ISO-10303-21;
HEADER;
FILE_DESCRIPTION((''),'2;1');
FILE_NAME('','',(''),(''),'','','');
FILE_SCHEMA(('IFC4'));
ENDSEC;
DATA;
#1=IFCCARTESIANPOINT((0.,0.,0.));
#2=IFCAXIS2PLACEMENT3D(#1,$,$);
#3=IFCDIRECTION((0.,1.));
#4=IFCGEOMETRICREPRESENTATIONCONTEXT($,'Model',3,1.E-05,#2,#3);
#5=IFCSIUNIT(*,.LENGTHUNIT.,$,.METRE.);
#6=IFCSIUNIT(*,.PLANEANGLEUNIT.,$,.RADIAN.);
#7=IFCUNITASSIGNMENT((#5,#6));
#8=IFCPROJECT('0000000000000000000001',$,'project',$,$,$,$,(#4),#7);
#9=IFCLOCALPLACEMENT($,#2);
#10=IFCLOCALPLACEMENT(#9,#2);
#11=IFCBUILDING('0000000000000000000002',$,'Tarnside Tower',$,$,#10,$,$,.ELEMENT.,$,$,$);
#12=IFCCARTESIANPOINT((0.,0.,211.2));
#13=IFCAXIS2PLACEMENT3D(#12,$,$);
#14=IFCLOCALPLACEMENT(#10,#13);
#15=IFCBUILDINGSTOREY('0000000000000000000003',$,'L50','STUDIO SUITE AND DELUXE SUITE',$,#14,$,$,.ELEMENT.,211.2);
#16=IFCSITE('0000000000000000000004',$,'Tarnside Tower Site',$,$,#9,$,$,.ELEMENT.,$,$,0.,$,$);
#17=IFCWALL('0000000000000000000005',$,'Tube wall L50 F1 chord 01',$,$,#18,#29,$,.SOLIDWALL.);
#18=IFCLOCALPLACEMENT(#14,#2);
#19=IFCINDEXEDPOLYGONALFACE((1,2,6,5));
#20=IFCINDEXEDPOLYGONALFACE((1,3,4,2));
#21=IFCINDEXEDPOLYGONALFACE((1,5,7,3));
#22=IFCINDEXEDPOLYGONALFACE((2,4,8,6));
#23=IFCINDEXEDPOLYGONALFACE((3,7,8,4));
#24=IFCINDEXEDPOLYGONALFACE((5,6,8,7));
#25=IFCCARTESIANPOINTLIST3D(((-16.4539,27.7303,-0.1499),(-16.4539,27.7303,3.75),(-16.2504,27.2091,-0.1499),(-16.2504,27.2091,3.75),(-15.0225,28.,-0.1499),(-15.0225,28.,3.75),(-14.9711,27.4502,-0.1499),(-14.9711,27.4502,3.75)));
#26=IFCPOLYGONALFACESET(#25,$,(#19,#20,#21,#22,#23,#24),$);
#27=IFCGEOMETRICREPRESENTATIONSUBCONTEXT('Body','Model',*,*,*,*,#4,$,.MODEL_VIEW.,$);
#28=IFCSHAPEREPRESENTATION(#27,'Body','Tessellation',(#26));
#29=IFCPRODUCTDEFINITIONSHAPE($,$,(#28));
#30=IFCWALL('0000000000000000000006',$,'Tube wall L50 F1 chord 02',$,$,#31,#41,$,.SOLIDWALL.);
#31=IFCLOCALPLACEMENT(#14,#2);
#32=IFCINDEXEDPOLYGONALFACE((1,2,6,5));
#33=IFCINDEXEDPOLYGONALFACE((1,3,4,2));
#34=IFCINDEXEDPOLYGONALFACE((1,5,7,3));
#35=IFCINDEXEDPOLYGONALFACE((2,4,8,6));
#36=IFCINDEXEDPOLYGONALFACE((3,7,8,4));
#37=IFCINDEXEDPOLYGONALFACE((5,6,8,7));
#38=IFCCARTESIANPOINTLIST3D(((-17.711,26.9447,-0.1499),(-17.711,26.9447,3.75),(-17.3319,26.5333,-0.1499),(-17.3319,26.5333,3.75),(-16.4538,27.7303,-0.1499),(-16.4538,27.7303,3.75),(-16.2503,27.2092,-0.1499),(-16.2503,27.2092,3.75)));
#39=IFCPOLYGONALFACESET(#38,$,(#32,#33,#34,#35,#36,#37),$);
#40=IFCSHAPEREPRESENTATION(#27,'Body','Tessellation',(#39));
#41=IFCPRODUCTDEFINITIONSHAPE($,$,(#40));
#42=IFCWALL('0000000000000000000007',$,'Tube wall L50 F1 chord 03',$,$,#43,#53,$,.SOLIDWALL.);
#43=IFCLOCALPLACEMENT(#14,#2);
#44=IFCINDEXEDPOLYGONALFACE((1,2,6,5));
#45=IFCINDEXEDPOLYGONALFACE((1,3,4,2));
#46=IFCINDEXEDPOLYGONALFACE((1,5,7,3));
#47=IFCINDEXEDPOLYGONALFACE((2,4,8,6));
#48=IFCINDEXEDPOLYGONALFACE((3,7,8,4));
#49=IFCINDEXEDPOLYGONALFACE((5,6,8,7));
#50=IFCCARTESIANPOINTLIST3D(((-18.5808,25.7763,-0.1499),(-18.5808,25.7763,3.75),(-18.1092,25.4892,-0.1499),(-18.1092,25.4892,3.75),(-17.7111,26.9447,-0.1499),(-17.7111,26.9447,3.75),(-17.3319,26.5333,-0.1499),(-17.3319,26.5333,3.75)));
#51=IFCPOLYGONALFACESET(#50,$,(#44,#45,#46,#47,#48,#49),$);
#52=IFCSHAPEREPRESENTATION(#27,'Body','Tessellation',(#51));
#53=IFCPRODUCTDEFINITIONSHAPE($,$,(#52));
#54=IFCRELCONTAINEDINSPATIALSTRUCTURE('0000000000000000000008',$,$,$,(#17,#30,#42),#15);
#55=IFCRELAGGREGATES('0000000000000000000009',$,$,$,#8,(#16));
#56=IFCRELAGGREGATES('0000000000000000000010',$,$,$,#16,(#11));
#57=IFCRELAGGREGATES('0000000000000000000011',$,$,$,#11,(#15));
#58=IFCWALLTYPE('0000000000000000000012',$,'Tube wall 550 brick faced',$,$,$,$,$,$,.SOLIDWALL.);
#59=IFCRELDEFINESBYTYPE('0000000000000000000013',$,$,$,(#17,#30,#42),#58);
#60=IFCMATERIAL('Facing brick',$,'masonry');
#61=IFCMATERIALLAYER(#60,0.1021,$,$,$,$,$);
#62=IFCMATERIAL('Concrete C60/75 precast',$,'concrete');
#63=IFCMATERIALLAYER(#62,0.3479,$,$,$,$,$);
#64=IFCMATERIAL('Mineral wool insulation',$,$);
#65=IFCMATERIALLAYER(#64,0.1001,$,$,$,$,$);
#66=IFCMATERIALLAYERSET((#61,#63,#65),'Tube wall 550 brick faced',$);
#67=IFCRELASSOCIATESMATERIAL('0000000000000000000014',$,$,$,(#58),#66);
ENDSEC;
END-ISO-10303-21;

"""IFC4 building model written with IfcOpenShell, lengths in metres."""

from ifc_helpers import new_model, si_unit, direction, frame, origin, place, context, subcontext, project, spatial, polyline, outline, extrude, material, layer, layer_set, type_object, element, save


model = new_model("IFC4")

# Units and contexts
model_context = context("Model", 3, precision=1e-05, world=origin(), true_north=direction((0.0, 1.0)))
body_context = subcontext(model_context, "Body", "Model", "MODEL_VIEW")
ifc_project = project(units=[si_unit("LENGTHUNIT", "METRE"), si_unit("PLANEANGLEUNIT", "RADIAN")], contexts=[model_context])

# Site, building, storey
site_placement = place(None, origin())
site = spatial("IfcSite", under=ifc_project, at=site_placement, Name="Tarnside Tower Site", CompositionType="ELEMENT", RefElevation=0.0)
building_placement = place(site_placement, origin())
building = spatial("IfcBuilding", under=site, at=building_placement, Name="Tarnside Tower", CompositionType="ELEMENT")
storey_placement = place(building_placement, frame((0.0, 0.0, 211.2)))
storey = spatial("IfcBuildingStorey", under=building, at=storey_placement, Name="L50", Description="STUDIO SUITE AND DELUXE SUITE", CompositionType="ELEMENT", Elevation=211.2)

# Walls
ifc_material_1 = material(Name="Facing brick", Category="masonry")
ifc_layer_1 = layer(ifc_material_1, 0.1021)
ifc_material_2 = material(Name="Concrete C60/75 precast", Category="concrete")
ifc_layer_2 = layer(ifc_material_2, 0.3479)
ifc_material_3 = material(Name="Mineral wool insulation")
ifc_layer_3 = layer(ifc_material_3, 0.1001)
ifc_layer_set_1 = layer_set([ifc_layer_1, ifc_layer_2, ifc_layer_3], Name="Tube wall 550 brick faced")
wall_type_1 = type_object("IfcWallType", Name="Tube wall 550 brick faced", PredefinedType="SOLIDWALL", material=ifc_layer_set_1)
wall_1_placement = place(storey_placement, frame((-14.9968, 27.7251, -0.1499), z_axis=(0.0, 0.0, 1.0), x_axis=(-0.982705, -0.185176, 0.0)))
element("IfcWall", 1, at=wall_1_placement, inside=storey, type_object=wall_type_1, Name="Tube wall L50 F1 chord 01", PredefinedType="SOLIDWALL", context=body_context, shape_type="SweptSolid", body=[
    extrude(outline(polyline([(-0.0256, -0.2749), (1.4309, -0.2749), (1.3274, 0.2749), (0.0256, 0.2749), (-0.0256, -0.2749)])), origin(), (0.0, 0.0, 1.0), 3.8999),
])
wall_2_placement = place(storey_placement, frame((-16.3521, 27.4697, -0.1499), z_axis=(0.0, 0.0, 1.0), x_axis=(-0.848058, -0.529903, 0.0)))
element("IfcWall", 2, at=wall_2_placement, inside=storey, type_object=wall_type_1, Name="Tube wall L50 F1 chord 02", PredefinedType="SOLIDWALL", context=body_context, shape_type="SweptSolid", body=[
    extrude(outline(polyline([(-0.0518, -0.2749), (1.4307, -0.2749), (1.3271, 0.2749), (0.0518, 0.2749), (-0.0518, -0.2749)])), origin(), (0.0, 0.0, 1.0), 3.8999),
])
wall_3_placement = place(storey_placement, frame((-17.5215, 26.739, -0.1499), z_axis=(0.0, 0.0, 1.0), x_axis=(-0.597135, -0.802141, 0.0)))
element("IfcWall", 3, at=wall_3_placement, inside=storey, type_object=wall_type_1, Name="Tube wall L50 F1 chord 03", PredefinedType="SOLIDWALL", context=body_context, shape_type="SweptSolid", body=[
    extrude(outline(polyline([(-0.0518, -0.2749), (1.4048, -0.2749), (1.3535, 0.2749), (0.0518, 0.2749), (-0.0518, -0.2749)])), origin(), (0.0, 0.0, 1.0), 3.8999),
])

save(model, "model.ifc")
